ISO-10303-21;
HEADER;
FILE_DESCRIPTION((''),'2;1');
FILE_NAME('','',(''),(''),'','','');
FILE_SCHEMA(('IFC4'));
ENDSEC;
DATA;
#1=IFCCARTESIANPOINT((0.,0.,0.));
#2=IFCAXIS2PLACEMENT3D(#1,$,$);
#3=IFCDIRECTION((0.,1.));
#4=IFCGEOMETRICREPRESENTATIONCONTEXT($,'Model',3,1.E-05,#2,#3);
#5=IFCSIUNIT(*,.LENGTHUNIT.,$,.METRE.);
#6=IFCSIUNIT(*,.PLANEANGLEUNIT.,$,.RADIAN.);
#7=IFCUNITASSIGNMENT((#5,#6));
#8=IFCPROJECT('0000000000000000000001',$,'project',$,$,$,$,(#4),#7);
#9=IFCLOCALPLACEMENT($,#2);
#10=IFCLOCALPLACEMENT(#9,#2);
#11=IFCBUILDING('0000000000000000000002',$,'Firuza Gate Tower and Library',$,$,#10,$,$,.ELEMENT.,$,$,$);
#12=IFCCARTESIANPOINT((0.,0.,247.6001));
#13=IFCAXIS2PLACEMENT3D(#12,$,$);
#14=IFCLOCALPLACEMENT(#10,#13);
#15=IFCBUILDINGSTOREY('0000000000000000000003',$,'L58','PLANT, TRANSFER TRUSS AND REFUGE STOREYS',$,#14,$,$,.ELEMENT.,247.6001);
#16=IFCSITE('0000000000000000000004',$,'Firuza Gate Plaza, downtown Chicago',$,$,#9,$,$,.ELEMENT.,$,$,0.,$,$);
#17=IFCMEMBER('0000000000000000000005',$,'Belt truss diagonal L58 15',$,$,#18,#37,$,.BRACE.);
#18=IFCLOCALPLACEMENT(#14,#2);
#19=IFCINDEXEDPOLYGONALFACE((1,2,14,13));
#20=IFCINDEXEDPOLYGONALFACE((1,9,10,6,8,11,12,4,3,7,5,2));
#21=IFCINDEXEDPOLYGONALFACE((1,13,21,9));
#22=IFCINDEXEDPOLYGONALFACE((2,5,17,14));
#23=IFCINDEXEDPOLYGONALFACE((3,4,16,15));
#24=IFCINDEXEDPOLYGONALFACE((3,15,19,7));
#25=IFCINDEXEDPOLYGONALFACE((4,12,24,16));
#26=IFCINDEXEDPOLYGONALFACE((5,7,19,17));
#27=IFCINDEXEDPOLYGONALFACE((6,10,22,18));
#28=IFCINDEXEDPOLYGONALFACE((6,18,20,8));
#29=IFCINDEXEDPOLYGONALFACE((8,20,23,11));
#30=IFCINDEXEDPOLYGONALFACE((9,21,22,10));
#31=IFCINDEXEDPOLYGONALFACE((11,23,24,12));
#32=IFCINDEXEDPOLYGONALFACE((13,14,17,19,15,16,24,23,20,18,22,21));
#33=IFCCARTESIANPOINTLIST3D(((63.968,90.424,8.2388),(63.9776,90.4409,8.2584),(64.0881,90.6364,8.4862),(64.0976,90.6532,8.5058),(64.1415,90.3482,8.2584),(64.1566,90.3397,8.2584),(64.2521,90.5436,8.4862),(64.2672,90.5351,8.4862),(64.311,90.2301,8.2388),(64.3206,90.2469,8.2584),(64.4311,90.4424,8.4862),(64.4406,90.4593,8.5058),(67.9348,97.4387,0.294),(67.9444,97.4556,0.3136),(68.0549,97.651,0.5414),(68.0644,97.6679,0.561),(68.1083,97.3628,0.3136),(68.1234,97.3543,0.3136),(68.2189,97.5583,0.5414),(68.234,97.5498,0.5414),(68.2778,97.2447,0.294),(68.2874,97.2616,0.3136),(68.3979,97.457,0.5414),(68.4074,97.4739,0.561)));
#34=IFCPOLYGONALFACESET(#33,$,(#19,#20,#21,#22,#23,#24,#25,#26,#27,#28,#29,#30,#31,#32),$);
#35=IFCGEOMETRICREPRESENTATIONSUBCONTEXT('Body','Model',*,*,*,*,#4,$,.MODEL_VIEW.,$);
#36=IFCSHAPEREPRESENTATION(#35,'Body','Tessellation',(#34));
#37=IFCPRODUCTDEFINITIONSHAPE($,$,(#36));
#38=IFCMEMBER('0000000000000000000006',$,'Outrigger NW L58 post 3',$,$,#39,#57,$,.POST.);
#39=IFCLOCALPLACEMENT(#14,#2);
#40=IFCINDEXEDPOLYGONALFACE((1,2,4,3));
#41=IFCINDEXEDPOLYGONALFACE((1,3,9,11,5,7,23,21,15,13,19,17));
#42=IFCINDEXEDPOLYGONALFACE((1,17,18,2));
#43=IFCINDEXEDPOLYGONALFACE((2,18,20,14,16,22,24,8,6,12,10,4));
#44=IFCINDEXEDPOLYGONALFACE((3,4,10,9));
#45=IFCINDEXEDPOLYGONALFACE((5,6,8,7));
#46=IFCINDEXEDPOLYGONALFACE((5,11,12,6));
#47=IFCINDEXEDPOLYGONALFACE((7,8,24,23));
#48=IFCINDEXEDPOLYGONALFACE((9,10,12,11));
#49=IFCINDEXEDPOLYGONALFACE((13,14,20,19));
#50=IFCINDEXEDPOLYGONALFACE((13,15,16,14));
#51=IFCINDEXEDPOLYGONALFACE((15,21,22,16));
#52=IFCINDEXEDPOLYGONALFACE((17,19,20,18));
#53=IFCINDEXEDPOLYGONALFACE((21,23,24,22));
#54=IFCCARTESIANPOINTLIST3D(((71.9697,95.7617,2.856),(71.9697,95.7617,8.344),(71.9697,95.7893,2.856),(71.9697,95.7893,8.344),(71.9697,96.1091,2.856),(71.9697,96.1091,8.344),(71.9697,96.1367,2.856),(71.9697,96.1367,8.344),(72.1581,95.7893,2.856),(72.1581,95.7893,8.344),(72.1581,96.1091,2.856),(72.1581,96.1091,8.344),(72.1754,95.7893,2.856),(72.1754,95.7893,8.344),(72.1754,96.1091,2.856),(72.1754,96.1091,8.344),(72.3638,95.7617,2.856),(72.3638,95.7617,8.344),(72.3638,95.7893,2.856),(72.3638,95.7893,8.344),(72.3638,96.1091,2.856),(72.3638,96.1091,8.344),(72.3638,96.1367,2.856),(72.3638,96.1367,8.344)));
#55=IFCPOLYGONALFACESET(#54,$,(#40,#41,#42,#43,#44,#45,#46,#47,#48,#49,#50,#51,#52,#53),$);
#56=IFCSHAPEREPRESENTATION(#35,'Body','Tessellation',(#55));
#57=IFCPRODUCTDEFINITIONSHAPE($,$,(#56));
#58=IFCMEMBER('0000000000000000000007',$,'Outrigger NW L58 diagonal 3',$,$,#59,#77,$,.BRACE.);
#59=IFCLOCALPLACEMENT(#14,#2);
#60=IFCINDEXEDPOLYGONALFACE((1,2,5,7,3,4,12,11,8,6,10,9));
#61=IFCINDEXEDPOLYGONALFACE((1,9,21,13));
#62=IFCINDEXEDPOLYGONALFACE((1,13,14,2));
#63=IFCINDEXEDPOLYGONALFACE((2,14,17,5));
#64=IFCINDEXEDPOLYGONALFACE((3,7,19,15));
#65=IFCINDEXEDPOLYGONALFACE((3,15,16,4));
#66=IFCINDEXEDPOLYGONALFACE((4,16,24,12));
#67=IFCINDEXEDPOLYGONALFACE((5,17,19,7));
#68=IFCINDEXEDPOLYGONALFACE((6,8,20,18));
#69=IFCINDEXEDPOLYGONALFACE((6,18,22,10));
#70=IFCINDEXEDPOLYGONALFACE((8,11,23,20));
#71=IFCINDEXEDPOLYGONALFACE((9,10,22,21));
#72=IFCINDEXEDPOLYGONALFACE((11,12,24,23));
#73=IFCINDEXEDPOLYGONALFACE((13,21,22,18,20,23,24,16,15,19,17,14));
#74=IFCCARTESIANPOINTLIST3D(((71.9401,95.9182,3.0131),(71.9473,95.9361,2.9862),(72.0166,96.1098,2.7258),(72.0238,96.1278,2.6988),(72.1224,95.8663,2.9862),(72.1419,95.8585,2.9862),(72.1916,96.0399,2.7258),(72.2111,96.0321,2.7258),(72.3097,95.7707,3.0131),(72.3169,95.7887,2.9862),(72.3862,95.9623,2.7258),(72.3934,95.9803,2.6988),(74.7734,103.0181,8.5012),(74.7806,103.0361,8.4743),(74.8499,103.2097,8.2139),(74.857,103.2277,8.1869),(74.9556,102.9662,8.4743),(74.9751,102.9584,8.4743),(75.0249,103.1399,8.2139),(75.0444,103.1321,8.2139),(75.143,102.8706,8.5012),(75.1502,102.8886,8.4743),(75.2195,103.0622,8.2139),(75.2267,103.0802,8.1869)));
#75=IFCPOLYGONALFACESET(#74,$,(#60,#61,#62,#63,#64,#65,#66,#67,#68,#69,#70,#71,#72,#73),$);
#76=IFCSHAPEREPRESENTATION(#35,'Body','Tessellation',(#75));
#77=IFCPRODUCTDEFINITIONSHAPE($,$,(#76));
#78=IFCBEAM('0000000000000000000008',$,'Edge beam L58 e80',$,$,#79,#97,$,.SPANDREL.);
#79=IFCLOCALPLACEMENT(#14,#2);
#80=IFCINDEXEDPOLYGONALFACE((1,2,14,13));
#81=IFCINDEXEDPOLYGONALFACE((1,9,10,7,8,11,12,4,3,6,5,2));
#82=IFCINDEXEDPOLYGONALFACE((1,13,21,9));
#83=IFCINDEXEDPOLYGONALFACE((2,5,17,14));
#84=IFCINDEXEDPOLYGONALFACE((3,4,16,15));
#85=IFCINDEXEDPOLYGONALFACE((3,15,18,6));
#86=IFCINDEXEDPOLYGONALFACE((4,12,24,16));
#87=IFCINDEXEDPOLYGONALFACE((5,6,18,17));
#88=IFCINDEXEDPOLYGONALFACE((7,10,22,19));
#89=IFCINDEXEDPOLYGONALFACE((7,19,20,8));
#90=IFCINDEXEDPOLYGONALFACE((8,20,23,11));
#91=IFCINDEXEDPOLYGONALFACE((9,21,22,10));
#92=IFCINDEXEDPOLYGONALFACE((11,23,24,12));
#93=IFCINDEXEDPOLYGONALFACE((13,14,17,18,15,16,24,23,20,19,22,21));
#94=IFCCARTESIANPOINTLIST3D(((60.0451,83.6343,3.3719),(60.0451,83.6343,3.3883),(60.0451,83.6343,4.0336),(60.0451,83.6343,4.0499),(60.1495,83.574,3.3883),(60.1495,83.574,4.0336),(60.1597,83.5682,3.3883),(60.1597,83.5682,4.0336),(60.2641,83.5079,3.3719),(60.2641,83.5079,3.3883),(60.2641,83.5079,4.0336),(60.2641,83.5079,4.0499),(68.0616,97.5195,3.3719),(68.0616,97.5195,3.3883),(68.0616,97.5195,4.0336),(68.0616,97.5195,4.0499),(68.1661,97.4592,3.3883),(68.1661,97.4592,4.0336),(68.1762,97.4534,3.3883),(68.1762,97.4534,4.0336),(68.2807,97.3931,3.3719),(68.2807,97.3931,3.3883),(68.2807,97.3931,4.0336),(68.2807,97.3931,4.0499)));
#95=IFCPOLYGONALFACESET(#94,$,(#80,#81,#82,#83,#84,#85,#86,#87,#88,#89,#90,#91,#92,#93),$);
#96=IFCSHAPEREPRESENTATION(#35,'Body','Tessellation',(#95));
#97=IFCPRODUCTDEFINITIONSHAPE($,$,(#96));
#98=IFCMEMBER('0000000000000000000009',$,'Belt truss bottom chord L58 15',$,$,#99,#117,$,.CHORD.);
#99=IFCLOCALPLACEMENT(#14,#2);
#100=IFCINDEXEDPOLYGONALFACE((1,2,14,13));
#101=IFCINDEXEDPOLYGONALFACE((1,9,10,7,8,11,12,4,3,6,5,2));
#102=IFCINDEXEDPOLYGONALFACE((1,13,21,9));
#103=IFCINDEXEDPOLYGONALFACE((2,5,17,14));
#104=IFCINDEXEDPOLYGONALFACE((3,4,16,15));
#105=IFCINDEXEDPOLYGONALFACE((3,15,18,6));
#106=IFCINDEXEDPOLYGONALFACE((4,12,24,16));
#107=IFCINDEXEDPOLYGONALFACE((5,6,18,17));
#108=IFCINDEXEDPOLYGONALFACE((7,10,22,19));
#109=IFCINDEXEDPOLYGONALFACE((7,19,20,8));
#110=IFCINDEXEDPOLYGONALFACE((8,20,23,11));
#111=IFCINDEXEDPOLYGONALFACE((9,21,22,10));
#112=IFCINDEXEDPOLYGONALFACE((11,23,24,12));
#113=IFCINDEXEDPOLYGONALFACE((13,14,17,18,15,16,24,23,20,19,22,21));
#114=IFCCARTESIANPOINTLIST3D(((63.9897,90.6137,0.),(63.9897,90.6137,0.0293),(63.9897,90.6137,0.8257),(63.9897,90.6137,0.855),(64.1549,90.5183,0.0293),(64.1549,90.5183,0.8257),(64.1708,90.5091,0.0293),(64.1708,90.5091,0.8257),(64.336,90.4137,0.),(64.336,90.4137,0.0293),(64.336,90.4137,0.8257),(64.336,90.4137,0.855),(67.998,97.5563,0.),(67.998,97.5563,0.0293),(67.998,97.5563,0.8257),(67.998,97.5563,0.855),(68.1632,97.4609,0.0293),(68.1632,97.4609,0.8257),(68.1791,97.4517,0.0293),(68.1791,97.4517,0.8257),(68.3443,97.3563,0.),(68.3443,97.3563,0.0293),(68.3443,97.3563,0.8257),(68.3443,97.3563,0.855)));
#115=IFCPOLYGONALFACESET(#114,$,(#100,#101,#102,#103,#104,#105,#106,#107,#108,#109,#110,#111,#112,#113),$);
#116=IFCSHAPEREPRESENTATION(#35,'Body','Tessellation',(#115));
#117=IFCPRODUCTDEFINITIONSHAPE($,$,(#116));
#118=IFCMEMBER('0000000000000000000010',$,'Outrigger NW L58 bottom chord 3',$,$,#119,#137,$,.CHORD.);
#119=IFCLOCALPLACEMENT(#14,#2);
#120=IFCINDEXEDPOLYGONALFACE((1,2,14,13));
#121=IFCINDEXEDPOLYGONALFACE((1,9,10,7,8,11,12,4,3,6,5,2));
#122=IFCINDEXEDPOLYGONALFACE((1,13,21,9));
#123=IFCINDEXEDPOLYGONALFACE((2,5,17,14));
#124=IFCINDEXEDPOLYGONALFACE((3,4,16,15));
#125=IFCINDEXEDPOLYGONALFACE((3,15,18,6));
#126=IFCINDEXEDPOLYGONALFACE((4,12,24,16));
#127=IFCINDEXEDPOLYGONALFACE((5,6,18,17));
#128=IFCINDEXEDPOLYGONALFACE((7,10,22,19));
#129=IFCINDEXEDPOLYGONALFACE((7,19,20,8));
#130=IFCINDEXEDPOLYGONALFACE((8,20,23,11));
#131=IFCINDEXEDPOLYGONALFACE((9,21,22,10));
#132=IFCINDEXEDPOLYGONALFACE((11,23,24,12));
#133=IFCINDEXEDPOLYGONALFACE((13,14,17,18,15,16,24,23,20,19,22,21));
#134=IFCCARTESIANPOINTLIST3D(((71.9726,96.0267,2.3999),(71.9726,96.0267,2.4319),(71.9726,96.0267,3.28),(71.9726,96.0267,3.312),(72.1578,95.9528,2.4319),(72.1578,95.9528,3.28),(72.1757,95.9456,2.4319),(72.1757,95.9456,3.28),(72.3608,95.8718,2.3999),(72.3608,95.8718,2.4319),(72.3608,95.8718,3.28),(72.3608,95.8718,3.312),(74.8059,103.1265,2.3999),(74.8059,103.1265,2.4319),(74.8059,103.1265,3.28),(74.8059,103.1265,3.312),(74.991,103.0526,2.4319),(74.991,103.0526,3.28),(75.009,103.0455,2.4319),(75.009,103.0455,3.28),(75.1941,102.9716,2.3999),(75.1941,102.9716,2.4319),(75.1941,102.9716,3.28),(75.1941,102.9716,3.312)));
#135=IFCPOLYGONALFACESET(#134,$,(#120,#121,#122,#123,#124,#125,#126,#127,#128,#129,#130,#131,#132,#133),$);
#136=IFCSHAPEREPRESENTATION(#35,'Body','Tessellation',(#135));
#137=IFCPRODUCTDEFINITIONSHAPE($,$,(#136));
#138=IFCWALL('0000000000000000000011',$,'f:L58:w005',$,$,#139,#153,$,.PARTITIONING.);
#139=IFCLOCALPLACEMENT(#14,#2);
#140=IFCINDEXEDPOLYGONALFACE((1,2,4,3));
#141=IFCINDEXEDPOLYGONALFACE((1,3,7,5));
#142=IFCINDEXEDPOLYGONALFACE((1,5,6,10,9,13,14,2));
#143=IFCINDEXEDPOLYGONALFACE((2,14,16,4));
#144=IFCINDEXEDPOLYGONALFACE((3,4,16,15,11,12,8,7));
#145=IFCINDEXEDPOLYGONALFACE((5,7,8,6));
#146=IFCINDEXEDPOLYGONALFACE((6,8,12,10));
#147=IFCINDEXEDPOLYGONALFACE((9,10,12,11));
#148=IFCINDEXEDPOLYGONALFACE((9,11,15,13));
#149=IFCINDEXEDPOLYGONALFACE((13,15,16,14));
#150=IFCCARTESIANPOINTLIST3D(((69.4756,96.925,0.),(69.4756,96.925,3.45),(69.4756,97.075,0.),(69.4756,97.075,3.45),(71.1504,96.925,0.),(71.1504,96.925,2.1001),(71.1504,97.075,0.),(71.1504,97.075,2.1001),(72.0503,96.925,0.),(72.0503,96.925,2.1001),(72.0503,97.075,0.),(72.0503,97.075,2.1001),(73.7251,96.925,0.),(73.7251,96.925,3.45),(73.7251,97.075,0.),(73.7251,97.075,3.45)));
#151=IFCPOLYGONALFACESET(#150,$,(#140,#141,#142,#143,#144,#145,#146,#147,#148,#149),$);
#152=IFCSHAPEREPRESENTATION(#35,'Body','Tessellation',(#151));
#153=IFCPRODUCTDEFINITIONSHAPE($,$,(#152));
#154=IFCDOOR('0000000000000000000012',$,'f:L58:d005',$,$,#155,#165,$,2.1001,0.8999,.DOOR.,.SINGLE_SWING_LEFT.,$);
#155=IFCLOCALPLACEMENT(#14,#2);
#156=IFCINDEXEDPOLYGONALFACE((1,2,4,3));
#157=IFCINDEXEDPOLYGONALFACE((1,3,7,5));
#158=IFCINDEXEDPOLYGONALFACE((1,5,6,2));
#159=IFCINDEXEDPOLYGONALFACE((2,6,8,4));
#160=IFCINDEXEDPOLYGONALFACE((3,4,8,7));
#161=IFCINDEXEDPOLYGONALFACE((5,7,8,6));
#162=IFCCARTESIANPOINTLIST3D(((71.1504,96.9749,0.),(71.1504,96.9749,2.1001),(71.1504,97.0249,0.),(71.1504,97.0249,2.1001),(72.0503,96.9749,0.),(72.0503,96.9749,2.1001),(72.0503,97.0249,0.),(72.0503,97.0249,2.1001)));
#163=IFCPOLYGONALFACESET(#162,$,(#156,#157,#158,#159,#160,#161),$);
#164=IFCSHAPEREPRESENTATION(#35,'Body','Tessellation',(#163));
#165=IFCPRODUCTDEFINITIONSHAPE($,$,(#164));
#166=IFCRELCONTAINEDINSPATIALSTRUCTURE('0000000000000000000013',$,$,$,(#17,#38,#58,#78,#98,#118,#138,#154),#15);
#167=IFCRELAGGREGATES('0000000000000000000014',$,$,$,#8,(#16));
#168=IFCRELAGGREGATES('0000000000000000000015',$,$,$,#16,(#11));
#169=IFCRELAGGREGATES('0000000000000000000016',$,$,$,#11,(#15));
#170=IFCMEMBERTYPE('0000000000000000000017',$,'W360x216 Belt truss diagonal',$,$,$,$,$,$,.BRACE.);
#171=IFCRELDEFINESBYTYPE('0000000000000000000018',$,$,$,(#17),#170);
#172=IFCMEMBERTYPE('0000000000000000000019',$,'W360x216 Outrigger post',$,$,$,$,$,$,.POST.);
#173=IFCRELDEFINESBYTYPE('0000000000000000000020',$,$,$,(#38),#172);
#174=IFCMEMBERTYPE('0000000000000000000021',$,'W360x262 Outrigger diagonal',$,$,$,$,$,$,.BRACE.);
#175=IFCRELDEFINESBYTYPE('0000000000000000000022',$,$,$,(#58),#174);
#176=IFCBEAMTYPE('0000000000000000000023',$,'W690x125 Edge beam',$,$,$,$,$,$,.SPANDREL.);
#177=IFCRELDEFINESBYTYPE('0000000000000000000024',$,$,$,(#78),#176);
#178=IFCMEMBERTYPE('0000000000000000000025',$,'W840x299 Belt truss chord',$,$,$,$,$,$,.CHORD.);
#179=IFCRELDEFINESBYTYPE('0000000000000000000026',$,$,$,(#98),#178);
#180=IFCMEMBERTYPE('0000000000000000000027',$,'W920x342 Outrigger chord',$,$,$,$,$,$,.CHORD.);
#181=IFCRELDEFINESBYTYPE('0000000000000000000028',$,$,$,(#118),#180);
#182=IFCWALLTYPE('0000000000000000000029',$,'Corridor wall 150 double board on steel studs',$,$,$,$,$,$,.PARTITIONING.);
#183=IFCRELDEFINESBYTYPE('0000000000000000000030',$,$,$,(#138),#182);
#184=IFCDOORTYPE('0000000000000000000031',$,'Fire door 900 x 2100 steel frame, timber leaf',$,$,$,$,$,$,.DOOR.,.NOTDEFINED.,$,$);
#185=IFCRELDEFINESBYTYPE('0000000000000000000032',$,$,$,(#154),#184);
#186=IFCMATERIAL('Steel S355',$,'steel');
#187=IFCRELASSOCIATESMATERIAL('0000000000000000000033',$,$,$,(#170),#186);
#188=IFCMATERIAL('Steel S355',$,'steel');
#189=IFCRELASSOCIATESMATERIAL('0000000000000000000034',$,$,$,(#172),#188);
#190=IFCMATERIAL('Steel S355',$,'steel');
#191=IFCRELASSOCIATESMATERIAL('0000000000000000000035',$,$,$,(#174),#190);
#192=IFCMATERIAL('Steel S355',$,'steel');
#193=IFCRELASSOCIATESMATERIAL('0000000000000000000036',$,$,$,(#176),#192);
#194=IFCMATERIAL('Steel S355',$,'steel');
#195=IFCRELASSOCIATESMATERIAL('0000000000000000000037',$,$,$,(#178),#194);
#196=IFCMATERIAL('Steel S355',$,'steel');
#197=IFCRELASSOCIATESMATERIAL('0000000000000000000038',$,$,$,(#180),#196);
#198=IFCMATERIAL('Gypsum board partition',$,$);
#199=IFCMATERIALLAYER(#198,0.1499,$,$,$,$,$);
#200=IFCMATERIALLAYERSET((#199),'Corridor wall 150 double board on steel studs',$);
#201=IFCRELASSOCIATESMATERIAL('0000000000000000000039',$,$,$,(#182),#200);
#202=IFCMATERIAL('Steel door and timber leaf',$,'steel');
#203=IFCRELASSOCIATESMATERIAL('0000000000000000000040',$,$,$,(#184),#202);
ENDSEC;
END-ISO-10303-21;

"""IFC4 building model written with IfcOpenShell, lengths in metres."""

from ifc_helpers import new_model, si_unit, direction, frame, frame_2d, origin, origin_2d, place, context, subcontext, project, spatial, rectangle, i_section, extrude, material, layer, layer_set, material_profile, profile_set, type_object, element, fill, save


model = new_model("IFC4")

# Units and contexts
model_context = context("Model", 3, precision=1e-05, world=origin(), true_north=direction((0.0, 1.0)))
body_context = subcontext(model_context, "Body", "Model", "MODEL_VIEW")
ifc_project = project(units=[si_unit("LENGTHUNIT", "METRE"), si_unit("PLANEANGLEUNIT", "RADIAN")], contexts=[model_context])

# Site, building, storey
site_placement = place(None, origin())
site = spatial("IfcSite", under=ifc_project, at=site_placement, Name="Firuza Gate Plaza, downtown Chicago", CompositionType="ELEMENT", RefElevation=0.0)
building_placement = place(site_placement, origin())
building = spatial("IfcBuilding", under=site, at=building_placement, Name="Firuza Gate Tower and Library", CompositionType="ELEMENT")
storey_placement = place(building_placement, frame((0.0, 0.0, 247.6001)))
storey = spatial("IfcBuildingStorey", under=building, at=storey_placement, Name="L58", Description="PLANT, TRANSFER TRUSS AND REFUGE STOREYS", CompositionType="ELEMENT", Elevation=247.6001)

# Members
ifc_material_1 = material(Name="Steel S355", Category="steel")
ifc_material_profile_1 = material_profile(ifc_material_1, i_section(OverallWidth=0.394, OverallDepth=0.375, WebThickness=0.0173, FlangeThickness=0.0276, at=origin_2d()))
ifc_profile_set_1 = profile_set([ifc_material_profile_1], Name="Steel S355")
member_type_1 = type_object("IfcMemberType", Name="W360x216 Belt truss diagonal", PredefinedType="BRACE", material=ifc_profile_set_1)
member_1_placement = place(storey_placement, frame((68.1711, 97.4563, 0.4275), z_axis=(-0.350535, -0.619865, 0.702063), x_axis=(0.870457, -0.492245, 0.0)))
element("IfcMember", 1, at=member_1_placement, inside=storey, type_object=member_type_1, Name="Belt truss diagonal L58 15", PredefinedType="BRACE", context=body_context, shape_type="SweptSolid", body=[
    extrude(i_section(OverallWidth=0.394, OverallDepth=0.375, WebThickness=0.0173, FlangeThickness=0.0276, at=origin_2d()), origin(), (0.0, 0.0, 1.0), 11.3164),
])
ifc_material_2 = material(Name="Steel S355", Category="steel")
ifc_material_profile_2 = material_profile(ifc_material_2, i_section(OverallWidth=0.394, OverallDepth=0.375, WebThickness=0.0173, FlangeThickness=0.0276, at=origin_2d()))
ifc_profile_set_2 = profile_set([ifc_material_profile_2], Name="Steel S355")
member_type_2 = type_object("IfcMemberType", Name="W360x216 Outrigger post", PredefinedType="POST", material=ifc_profile_set_2)
member_2_placement = place(storey_placement, frame((72.1667, 95.9492, 2.856), z_axis=(0.0, 0.0, 1.0), x_axis=(1.0, 0.0, 0.0)))
element("IfcMember", 2, at=member_2_placement, inside=storey, type_object=member_type_2, Name="Outrigger NW L58 post 3", PredefinedType="POST", context=body_context, shape_type="SweptSolid", body=[
    extrude(i_section(OverallWidth=0.394, OverallDepth=0.375, WebThickness=0.0173, FlangeThickness=0.0276, at=origin_2d()), origin(), (0.0, 0.0, 1.0), 5.488),
])
ifc_material_3 = material(Name="Steel S355", Category="steel")
ifc_material_profile_3 = material_profile(ifc_material_3, i_section(OverallWidth=0.3979, OverallDepth=0.387, WebThickness=0.021, FlangeThickness=0.0332, at=origin_2d()))
ifc_profile_set_3 = profile_set([ifc_material_profile_3], Name="Steel S355")
member_type_3 = type_object("IfcMemberType", Name="W360x262 Outrigger diagonal", PredefinedType="BRACE", material=ifc_profile_set_3)
member_3_placement = place(storey_placement, frame((72.1667, 95.9492, 2.856), z_axis=(0.30108, 0.754477, 0.583195), x_axis=(-0.928778, 0.370636, 0.0)))
element("IfcMember", 3, at=member_3_placement, inside=storey, type_object=member_type_3, Name="Outrigger NW L58 diagonal 3", PredefinedType="BRACE", context=body_context, shape_type="SweptSolid", body=[
    extrude(i_section(OverallWidth=0.3979, OverallDepth=0.387, WebThickness=0.021, FlangeThickness=0.0332, at=origin_2d()), origin(), (0.0, 0.0, 1.0), 9.4104),
])

# Beam
ifc_material_4 = material(Name="Steel S355", Category="steel")
ifc_material_profile_4 = material_profile(ifc_material_4, i_section(OverallWidth=0.2529, OverallDepth=0.678, WebThickness=0.0117, FlangeThickness=0.0164, at=origin_2d()))
ifc_profile_set_4 = profile_set([ifc_material_profile_4], Name="Steel S355")
beam_type_1 = type_object("IfcBeamType", Name="W690x125 Edge beam", PredefinedType="SPANDREL", material=ifc_profile_set_4)
beam_1_placement = place(storey_placement, frame((68.1711, 97.4563, 3.7109), z_axis=(-0.499997, -0.866027, 0.0), x_axis=(0.866027, -0.499997, 0.0)))
element("IfcBeam", 4, at=beam_1_placement, inside=storey, type_object=beam_type_1, Name="Edge beam L58 e80", PredefinedType="SPANDREL", context=body_context, shape_type="SweptSolid", body=[
    extrude(i_section(OverallWidth=0.2529, OverallDepth=0.678, WebThickness=0.0117, FlangeThickness=0.0164, at=origin_2d()), origin(), (0.0, 0.0, 1.0), 16.0332),
])

# Members
ifc_material_5 = material(Name="Steel S355", Category="steel")
ifc_material_profile_5 = material_profile(ifc_material_5, i_section(OverallWidth=0.3999, OverallDepth=0.855, WebThickness=0.0183, FlangeThickness=0.0293, at=origin_2d()))
ifc_profile_set_5 = profile_set([ifc_material_profile_5], Name="Steel S355")
member_type_4 = type_object("IfcMemberType", Name="W840x299 Belt truss chord", PredefinedType="CHORD", material=ifc_profile_set_5)
member_4_placement = place(storey_placement, frame((68.1711, 97.4563, 0.4275), z_axis=(-0.499997, -0.866027, 0.0), x_axis=(0.866027, -0.499997, 0.0)))
element("IfcMember", 5, at=member_4_placement, inside=storey, type_object=member_type_4, Name="Belt truss bottom chord L58 15", PredefinedType="CHORD", context=body_context, shape_type="SweptSolid", body=[
    extrude(i_section(OverallWidth=0.3999, OverallDepth=0.855, WebThickness=0.0183, FlangeThickness=0.0293, at=origin_2d()), origin(), (0.0, 0.0, 1.0), 8.0166),
])
ifc_material_6 = material(Name="Steel S355", Category="steel")
ifc_material_profile_6 = material_profile(ifc_material_6, i_section(OverallWidth=0.418, OverallDepth=0.9121, WebThickness=0.0193, FlangeThickness=0.032, at=origin_2d()))
ifc_profile_set_6 = profile_set([ifc_material_profile_6], Name="Steel S355")
member_type_5 = type_object("IfcMemberType", Name="W920x342 Outrigger chord", PredefinedType="CHORD", material=ifc_profile_set_6)
member_5_placement = place(storey_placement, frame((72.1667, 95.9492, 2.856), z_axis=(0.370636, 0.928778, 0.0), x_axis=(-0.928778, 0.370636, 0.0)))
element("IfcMember", 6, at=member_5_placement, inside=storey, type_object=member_type_5, Name="Outrigger NW L58 bottom chord 3", PredefinedType="CHORD", context=body_context, shape_type="SweptSolid", body=[
    extrude(i_section(OverallWidth=0.418, OverallDepth=0.9121, WebThickness=0.0193, FlangeThickness=0.032, at=origin_2d()), origin(), (0.0, 0.0, 1.0), 7.6443),
])

# Wall, opening, door
ifc_material_7 = material(Name="Gypsum board partition")
ifc_layer_1 = layer(ifc_material_7, 0.1499)
ifc_layer_set_1 = layer_set([ifc_layer_1], Name="Corridor wall 150 double board on steel studs")
wall_type_1 = type_object("IfcWallType", Name="Corridor wall 150 double board on steel studs", PredefinedType="PARTITIONING", material=ifc_layer_set_1)
wall_1_placement = place(storey_placement, frame((69.4756, 97.0, 0.0), z_axis=(0.0, 0.0, 1.0), x_axis=(1.0, 0.0, 0.0)))
wall_1 = element("IfcWall", 7, at=wall_1_placement, inside=storey, type_object=wall_type_1, Name="f:L58:w005", PredefinedType="PARTITIONING", context=body_context, shape_type="SweptSolid", body=[
    extrude(rectangle(XDim=4.2495, YDim=0.1499, at=frame_2d((2.1248, 0.0))), origin(), (0.0, 0.0, 1.0), 3.45),
])
opening_placement = place(wall_1_placement, frame((1.6748, 0.0, 0.0)))
opening = element("IfcOpeningElement", 8, at=opening_placement, cuts=wall_1, PredefinedType="OPENING", context=body_context, shape_type="SweptSolid", body=[
    extrude(rectangle(XDim=0.8999, YDim=2.1001, at=frame_2d((0.45, 1.05))), frame((0.0, 0.085, 0.0), z_axis=(0.0, -1.0, 0.0), x_axis=(1.0, 0.0, 0.0)), (0.0, 0.0, 1.0), 0.1699),
])
ifc_material_8 = material(Name="Steel door and timber leaf", Category="steel")
door_type = type_object("IfcDoorType", Name="Fire door 900 x 2100 steel frame, timber leaf", OperationType="NOTDEFINED", PredefinedType="DOOR", material=ifc_material_8)
door_placement = place(opening_placement, origin())
door = element("IfcDoor", 9, at=door_placement, inside=storey, type_object=door_type, Name="f:L58:d005", OperationType="SINGLE_SWING_LEFT", OverallHeight=2.1001, OverallWidth=0.8999, PredefinedType="DOOR", context=body_context, shape_type="SweptSolid", body=[
    extrude(rectangle(XDim=0.8999, YDim=2.1001, at=frame_2d((0.45, 1.05))), frame((0.0, 0.0249, 0.0), z_axis=(0.0, -1.0, 0.0), x_axis=(1.0, 0.0, 0.0)), (0.0, 0.0, 1.0), 0.05),
])
fill(opening, door)

save(model, "model.ifc")
